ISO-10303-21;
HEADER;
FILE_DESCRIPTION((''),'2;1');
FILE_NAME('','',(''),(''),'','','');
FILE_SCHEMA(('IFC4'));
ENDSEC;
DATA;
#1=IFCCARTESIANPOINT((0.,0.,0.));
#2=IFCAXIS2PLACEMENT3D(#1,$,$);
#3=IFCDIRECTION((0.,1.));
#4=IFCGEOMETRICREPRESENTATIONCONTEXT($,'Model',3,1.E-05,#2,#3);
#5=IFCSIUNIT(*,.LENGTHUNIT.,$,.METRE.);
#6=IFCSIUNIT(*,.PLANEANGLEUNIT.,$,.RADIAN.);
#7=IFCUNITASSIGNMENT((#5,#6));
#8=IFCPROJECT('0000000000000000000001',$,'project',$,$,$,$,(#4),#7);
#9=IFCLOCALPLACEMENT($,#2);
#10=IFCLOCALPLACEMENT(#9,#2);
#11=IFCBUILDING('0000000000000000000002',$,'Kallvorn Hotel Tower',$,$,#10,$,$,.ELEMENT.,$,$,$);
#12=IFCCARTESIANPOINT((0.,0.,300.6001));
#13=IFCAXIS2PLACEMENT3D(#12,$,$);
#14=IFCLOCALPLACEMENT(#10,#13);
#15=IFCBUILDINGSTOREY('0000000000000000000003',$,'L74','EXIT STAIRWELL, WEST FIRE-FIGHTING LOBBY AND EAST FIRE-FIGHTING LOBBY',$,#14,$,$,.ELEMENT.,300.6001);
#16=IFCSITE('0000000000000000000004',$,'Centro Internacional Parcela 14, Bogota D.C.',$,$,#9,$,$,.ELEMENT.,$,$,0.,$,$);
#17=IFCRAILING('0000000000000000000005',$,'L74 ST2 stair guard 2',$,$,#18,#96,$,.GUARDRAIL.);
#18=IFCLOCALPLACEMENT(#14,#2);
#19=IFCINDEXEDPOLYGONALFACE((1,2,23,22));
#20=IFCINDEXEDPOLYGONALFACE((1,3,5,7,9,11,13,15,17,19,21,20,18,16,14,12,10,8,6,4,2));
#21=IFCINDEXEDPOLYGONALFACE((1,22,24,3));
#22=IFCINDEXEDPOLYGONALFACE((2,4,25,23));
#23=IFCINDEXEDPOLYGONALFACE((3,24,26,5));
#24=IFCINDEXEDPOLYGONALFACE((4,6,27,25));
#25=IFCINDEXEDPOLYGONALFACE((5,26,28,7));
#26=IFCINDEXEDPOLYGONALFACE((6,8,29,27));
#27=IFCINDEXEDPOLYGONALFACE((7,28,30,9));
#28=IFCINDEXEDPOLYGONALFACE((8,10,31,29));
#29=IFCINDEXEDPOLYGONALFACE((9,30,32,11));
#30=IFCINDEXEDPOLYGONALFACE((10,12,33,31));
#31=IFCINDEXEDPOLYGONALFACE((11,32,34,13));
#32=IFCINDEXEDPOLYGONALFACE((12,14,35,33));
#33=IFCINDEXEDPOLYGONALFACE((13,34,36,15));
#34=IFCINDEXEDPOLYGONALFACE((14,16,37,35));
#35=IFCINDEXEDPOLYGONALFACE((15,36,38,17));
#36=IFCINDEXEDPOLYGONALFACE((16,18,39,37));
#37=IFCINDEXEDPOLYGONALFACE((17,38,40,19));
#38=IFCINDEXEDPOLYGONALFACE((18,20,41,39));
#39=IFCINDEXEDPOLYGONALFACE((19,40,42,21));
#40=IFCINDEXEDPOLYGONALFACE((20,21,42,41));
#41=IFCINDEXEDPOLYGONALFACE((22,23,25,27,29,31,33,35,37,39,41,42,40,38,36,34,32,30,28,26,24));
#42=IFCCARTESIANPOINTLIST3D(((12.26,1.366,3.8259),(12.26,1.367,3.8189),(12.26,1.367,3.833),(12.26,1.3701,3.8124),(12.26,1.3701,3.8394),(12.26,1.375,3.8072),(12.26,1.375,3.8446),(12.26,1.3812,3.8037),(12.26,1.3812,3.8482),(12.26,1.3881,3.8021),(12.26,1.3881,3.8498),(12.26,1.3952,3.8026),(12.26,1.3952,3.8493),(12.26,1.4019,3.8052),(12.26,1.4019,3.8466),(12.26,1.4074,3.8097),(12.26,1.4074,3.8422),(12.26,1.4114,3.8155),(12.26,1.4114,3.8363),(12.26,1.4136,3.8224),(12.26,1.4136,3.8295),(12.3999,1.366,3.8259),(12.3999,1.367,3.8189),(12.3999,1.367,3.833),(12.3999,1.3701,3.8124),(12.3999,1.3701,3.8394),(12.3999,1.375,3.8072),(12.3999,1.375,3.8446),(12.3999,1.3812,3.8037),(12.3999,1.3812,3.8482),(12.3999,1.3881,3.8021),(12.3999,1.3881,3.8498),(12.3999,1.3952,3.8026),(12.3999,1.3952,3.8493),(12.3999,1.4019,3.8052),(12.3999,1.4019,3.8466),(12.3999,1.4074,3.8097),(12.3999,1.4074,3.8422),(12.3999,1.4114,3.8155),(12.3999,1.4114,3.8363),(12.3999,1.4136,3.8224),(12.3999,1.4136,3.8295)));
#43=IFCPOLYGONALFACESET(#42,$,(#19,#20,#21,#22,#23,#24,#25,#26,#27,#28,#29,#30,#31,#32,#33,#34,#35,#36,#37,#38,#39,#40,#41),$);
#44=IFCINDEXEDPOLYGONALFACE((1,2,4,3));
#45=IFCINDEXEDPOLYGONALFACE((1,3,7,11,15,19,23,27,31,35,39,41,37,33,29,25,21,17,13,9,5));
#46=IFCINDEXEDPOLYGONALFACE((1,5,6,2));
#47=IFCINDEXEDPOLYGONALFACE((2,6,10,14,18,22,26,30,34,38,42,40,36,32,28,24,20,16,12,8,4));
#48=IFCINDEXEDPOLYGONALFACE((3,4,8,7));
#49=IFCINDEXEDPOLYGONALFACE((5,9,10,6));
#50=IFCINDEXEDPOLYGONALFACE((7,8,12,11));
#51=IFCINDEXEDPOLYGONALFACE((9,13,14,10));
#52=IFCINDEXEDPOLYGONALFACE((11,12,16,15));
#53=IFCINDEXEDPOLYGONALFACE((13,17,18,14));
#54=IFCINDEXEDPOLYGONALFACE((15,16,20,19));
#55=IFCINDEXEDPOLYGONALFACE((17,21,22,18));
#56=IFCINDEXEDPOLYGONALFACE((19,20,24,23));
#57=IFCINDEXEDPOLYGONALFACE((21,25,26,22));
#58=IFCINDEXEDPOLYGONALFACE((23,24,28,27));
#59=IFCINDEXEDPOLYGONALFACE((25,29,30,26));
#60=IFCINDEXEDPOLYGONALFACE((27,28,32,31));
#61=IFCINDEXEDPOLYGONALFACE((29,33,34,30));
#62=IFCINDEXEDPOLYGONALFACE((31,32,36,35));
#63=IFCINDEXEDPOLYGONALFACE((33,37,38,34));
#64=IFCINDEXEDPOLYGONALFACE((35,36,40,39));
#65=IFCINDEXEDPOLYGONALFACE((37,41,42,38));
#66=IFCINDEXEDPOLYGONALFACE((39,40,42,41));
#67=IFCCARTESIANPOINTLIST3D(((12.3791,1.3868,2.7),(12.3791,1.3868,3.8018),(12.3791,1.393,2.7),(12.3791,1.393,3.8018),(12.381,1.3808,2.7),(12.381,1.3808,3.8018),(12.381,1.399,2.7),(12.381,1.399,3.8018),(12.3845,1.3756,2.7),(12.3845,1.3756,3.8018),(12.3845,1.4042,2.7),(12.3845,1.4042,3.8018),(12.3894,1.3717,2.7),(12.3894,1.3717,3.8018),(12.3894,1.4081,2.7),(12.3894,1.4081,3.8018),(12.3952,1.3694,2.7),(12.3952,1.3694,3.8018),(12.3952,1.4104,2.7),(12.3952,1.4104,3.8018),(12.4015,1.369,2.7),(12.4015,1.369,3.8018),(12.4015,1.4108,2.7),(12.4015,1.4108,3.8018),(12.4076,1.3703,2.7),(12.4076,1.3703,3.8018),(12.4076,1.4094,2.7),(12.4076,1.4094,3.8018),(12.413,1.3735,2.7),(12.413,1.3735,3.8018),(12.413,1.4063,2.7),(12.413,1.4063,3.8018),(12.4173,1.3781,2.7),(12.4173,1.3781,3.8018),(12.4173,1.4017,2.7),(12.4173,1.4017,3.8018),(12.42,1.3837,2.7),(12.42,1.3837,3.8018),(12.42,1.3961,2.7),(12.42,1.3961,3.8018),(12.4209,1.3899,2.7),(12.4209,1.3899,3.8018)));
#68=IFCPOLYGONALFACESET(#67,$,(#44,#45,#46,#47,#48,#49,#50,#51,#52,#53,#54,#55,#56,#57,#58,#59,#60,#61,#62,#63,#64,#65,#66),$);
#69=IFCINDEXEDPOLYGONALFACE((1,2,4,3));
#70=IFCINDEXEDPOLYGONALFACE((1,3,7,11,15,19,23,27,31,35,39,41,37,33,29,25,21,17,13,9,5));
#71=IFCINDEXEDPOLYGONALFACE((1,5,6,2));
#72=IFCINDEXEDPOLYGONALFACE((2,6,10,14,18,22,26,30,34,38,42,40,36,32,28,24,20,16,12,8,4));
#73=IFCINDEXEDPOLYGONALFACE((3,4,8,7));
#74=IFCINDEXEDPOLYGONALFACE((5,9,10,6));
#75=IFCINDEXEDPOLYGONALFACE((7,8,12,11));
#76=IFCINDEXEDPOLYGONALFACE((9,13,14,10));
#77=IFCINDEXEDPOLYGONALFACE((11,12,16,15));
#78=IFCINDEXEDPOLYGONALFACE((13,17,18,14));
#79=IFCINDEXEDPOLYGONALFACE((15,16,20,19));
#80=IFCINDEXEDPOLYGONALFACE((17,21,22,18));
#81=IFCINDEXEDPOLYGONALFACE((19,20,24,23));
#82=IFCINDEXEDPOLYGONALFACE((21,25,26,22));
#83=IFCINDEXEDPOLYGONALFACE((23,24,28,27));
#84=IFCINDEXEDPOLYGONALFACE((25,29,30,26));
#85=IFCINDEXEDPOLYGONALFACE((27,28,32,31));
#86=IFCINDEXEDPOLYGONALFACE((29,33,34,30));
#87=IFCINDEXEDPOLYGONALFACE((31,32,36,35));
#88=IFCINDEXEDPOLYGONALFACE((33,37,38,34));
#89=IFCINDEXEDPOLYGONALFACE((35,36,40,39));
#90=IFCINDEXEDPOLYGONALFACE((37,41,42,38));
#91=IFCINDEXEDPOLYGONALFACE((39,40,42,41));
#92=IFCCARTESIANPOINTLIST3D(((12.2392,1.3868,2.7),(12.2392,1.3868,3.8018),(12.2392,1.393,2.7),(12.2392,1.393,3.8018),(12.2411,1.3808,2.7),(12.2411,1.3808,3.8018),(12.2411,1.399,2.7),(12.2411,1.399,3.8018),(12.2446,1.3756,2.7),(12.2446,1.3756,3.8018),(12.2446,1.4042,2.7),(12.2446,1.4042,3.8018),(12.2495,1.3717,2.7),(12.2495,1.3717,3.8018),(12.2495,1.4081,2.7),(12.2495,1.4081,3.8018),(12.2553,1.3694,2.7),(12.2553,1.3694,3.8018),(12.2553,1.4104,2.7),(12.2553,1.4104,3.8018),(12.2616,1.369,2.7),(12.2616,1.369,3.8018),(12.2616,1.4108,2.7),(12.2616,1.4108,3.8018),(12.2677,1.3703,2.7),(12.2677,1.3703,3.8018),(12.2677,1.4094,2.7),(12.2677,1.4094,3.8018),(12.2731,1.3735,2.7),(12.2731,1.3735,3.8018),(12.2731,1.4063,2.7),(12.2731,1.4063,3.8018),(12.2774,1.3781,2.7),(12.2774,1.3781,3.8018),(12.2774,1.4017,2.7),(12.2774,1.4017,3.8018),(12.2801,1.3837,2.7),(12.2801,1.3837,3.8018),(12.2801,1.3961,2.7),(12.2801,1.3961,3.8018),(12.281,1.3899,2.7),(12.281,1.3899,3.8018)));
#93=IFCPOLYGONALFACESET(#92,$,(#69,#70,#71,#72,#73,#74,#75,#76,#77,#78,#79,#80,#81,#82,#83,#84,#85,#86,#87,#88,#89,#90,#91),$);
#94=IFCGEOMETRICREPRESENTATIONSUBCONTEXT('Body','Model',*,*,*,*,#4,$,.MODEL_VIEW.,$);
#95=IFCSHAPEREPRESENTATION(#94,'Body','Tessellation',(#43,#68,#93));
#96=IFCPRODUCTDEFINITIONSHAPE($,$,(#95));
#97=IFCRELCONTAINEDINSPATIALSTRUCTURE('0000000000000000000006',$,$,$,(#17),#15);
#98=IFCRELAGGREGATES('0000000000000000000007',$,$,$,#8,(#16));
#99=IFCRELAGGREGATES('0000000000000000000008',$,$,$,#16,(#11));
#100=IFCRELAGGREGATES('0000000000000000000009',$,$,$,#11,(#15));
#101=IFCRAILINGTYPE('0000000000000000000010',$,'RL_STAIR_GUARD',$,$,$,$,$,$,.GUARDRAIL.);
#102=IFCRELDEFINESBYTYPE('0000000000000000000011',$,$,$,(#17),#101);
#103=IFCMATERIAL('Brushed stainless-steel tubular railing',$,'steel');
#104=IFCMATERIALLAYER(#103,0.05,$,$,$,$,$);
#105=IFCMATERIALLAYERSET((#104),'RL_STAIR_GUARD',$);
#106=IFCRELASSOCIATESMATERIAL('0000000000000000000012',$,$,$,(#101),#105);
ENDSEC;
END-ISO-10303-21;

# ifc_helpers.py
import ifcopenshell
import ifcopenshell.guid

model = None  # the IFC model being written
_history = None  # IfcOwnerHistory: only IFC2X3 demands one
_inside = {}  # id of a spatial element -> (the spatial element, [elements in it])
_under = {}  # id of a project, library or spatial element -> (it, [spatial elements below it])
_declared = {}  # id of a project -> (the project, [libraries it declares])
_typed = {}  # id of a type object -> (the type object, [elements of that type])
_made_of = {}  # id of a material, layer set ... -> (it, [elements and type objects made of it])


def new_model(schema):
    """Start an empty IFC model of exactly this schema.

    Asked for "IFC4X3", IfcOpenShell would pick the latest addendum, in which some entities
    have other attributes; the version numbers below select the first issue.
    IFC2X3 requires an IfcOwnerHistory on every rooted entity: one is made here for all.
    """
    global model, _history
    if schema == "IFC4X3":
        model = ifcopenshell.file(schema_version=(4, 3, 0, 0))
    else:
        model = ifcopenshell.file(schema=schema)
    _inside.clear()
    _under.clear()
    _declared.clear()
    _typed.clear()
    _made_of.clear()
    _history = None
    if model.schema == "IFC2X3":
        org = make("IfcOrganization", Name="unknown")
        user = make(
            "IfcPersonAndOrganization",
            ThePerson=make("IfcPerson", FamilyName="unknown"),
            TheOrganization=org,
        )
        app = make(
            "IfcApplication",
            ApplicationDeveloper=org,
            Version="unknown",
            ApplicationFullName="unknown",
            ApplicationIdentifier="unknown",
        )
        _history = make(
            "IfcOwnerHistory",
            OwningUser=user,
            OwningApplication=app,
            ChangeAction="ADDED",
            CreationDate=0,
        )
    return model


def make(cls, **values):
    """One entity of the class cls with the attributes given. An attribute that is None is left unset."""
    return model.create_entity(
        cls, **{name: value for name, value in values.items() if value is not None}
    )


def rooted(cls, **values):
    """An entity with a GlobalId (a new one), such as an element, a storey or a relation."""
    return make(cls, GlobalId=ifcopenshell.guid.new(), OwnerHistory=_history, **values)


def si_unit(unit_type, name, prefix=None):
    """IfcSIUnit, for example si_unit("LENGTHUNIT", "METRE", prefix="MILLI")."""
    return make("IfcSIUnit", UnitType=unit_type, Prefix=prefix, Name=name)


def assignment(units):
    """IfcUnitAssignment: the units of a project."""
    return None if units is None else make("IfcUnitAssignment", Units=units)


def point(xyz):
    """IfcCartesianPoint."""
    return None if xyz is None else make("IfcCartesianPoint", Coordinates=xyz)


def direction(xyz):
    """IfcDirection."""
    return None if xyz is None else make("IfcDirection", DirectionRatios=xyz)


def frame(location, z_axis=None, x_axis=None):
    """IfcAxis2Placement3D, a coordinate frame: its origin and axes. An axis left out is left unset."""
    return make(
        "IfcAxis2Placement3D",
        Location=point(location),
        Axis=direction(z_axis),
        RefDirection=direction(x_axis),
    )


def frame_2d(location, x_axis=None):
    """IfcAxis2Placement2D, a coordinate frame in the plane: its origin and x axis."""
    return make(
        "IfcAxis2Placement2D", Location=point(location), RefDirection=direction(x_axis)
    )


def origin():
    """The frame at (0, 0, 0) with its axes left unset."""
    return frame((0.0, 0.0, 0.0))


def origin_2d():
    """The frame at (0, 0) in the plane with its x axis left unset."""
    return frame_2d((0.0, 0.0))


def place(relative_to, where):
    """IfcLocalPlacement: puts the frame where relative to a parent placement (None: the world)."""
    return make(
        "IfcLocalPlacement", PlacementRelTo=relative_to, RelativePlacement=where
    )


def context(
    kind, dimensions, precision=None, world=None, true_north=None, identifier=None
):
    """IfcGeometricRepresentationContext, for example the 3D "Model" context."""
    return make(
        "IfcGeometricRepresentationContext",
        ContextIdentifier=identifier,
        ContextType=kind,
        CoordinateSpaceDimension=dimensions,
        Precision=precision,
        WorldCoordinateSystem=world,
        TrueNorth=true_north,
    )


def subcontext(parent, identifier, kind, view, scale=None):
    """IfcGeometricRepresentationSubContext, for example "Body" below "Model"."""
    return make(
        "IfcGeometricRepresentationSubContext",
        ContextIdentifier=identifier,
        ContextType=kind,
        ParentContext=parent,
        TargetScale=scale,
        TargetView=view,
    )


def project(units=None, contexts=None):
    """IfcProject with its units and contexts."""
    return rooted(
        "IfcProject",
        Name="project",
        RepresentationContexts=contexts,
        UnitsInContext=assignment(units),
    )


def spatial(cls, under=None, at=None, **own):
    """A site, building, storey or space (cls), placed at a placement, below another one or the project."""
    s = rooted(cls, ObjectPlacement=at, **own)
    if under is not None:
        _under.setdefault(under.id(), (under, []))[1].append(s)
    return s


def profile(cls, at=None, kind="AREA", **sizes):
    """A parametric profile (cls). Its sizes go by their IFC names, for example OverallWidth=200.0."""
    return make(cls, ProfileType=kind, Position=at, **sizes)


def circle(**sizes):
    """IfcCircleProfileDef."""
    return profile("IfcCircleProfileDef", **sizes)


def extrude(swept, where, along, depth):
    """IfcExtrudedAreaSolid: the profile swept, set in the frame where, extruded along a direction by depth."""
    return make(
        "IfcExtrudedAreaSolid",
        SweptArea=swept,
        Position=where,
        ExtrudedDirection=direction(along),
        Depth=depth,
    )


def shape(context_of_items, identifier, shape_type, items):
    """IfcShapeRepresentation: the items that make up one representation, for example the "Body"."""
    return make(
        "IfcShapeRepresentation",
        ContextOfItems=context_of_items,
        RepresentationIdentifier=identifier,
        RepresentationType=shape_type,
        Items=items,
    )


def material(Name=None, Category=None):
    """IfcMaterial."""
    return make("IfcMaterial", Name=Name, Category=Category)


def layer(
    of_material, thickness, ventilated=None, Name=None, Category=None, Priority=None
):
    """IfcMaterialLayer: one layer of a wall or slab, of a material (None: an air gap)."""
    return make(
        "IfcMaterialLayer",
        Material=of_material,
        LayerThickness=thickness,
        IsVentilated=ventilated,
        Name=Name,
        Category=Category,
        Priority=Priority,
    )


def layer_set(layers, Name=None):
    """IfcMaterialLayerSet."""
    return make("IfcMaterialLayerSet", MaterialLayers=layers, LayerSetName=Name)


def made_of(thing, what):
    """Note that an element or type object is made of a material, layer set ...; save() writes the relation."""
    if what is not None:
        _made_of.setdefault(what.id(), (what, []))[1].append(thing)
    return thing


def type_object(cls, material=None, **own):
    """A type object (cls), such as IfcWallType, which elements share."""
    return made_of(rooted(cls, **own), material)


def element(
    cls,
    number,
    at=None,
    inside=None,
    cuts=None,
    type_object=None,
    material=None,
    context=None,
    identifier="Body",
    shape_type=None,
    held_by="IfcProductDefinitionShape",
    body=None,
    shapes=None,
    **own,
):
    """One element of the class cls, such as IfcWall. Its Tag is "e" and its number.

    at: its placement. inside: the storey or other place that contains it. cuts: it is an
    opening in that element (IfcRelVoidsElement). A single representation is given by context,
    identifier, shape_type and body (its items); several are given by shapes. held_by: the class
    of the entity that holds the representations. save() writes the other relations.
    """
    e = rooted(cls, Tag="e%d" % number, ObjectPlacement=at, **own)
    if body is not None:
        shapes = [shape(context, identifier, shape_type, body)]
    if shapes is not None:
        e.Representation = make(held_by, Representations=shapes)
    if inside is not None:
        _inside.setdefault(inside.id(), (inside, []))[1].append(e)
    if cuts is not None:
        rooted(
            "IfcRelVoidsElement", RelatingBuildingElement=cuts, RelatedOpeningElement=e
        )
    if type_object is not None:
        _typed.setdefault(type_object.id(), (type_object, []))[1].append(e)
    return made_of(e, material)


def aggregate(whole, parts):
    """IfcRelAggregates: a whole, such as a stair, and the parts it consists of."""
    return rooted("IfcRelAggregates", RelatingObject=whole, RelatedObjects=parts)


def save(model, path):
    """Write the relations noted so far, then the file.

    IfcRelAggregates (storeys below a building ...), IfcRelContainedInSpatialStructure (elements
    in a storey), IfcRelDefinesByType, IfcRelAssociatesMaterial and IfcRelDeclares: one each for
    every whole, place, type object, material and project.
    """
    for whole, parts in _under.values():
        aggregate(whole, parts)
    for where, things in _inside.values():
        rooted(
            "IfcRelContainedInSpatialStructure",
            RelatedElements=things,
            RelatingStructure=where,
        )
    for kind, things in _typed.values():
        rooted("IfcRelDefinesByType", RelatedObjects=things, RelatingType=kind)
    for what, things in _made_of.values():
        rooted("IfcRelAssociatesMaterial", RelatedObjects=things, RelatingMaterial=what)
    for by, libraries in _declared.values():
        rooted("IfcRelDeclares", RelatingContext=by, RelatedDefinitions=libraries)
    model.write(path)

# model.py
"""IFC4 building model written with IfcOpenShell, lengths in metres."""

from ifc_helpers import new_model, si_unit, direction, frame, origin, origin_2d, place, context, subcontext, project, spatial, circle, extrude, material, layer, layer_set, type_object, element, save


model = new_model("IFC4")

# Units and contexts
model_context = context("Model", 3, precision=1e-05, world=origin(), true_north=direction((0.0, 1.0)))
body_context = subcontext(model_context, "Body", "Model", "MODEL_VIEW")
ifc_project = project(units=[si_unit("LENGTHUNIT", "METRE"), si_unit("PLANEANGLEUNIT", "RADIAN")], contexts=[model_context])

# Site, building, storey
site_placement = place(None, origin())
site = spatial("IfcSite", under=ifc_project, at=site_placement, Name="Centro Internacional Parcela 14, Bogota D.C.", CompositionType="ELEMENT", RefElevation=0.0)
building_placement = place(site_placement, origin())
building = spatial("IfcBuilding", under=site, at=building_placement, Name="Kallvorn Hotel Tower", CompositionType="ELEMENT")
storey_placement = place(building_placement, frame((0.0, 0.0, 300.6001)))
storey = spatial("IfcBuildingStorey", under=building, at=storey_placement, Name="L74", Description="EXIT STAIRWELL, WEST FIRE-FIGHTING LOBBY AND EAST FIRE-FIGHTING LOBBY", CompositionType="ELEMENT", Elevation=300.6001)

# Railing
ifc_material_1 = material(Name="Brushed stainless-steel tubular railing", Category="steel")
ifc_layer_1 = layer(ifc_material_1, 0.05)
ifc_layer_set_1 = layer_set([ifc_layer_1], Name="RL_STAIR_GUARD")
railing_type_1 = type_object("IfcRailingType", Name="RL_STAIR_GUARD", PredefinedType="GUARDRAIL", material=ifc_layer_set_1)
railing_1_placement = place(storey_placement, frame((12.3999, 1.3899, 2.7)))
element("IfcRailing", 1, at=railing_1_placement, inside=storey, type_object=railing_type_1, Name="L74 ST2 stair guard 2", PredefinedType="GUARDRAIL", context=body_context, shape_type="SweptSolid", body=[
    extrude(circle(Radius=0.0239, at=origin_2d()), frame((0.0, 0.0, 1.126), z_axis=(-1.0, 0.0, 0.0), x_axis=(0.0, -1.0, 0.0)), (0.0, 0.0, 1.0), 0.1399),
    extrude(circle(Radius=0.021, at=origin_2d()), origin(), (0.0, 0.0, 1.0), 1.1018),
    extrude(circle(Radius=0.021, at=origin_2d()), frame((-0.1399, 0.0, 0.0)), (0.0, 0.0, 1.0), 1.1018),
])

save(model, "model.ifc")
